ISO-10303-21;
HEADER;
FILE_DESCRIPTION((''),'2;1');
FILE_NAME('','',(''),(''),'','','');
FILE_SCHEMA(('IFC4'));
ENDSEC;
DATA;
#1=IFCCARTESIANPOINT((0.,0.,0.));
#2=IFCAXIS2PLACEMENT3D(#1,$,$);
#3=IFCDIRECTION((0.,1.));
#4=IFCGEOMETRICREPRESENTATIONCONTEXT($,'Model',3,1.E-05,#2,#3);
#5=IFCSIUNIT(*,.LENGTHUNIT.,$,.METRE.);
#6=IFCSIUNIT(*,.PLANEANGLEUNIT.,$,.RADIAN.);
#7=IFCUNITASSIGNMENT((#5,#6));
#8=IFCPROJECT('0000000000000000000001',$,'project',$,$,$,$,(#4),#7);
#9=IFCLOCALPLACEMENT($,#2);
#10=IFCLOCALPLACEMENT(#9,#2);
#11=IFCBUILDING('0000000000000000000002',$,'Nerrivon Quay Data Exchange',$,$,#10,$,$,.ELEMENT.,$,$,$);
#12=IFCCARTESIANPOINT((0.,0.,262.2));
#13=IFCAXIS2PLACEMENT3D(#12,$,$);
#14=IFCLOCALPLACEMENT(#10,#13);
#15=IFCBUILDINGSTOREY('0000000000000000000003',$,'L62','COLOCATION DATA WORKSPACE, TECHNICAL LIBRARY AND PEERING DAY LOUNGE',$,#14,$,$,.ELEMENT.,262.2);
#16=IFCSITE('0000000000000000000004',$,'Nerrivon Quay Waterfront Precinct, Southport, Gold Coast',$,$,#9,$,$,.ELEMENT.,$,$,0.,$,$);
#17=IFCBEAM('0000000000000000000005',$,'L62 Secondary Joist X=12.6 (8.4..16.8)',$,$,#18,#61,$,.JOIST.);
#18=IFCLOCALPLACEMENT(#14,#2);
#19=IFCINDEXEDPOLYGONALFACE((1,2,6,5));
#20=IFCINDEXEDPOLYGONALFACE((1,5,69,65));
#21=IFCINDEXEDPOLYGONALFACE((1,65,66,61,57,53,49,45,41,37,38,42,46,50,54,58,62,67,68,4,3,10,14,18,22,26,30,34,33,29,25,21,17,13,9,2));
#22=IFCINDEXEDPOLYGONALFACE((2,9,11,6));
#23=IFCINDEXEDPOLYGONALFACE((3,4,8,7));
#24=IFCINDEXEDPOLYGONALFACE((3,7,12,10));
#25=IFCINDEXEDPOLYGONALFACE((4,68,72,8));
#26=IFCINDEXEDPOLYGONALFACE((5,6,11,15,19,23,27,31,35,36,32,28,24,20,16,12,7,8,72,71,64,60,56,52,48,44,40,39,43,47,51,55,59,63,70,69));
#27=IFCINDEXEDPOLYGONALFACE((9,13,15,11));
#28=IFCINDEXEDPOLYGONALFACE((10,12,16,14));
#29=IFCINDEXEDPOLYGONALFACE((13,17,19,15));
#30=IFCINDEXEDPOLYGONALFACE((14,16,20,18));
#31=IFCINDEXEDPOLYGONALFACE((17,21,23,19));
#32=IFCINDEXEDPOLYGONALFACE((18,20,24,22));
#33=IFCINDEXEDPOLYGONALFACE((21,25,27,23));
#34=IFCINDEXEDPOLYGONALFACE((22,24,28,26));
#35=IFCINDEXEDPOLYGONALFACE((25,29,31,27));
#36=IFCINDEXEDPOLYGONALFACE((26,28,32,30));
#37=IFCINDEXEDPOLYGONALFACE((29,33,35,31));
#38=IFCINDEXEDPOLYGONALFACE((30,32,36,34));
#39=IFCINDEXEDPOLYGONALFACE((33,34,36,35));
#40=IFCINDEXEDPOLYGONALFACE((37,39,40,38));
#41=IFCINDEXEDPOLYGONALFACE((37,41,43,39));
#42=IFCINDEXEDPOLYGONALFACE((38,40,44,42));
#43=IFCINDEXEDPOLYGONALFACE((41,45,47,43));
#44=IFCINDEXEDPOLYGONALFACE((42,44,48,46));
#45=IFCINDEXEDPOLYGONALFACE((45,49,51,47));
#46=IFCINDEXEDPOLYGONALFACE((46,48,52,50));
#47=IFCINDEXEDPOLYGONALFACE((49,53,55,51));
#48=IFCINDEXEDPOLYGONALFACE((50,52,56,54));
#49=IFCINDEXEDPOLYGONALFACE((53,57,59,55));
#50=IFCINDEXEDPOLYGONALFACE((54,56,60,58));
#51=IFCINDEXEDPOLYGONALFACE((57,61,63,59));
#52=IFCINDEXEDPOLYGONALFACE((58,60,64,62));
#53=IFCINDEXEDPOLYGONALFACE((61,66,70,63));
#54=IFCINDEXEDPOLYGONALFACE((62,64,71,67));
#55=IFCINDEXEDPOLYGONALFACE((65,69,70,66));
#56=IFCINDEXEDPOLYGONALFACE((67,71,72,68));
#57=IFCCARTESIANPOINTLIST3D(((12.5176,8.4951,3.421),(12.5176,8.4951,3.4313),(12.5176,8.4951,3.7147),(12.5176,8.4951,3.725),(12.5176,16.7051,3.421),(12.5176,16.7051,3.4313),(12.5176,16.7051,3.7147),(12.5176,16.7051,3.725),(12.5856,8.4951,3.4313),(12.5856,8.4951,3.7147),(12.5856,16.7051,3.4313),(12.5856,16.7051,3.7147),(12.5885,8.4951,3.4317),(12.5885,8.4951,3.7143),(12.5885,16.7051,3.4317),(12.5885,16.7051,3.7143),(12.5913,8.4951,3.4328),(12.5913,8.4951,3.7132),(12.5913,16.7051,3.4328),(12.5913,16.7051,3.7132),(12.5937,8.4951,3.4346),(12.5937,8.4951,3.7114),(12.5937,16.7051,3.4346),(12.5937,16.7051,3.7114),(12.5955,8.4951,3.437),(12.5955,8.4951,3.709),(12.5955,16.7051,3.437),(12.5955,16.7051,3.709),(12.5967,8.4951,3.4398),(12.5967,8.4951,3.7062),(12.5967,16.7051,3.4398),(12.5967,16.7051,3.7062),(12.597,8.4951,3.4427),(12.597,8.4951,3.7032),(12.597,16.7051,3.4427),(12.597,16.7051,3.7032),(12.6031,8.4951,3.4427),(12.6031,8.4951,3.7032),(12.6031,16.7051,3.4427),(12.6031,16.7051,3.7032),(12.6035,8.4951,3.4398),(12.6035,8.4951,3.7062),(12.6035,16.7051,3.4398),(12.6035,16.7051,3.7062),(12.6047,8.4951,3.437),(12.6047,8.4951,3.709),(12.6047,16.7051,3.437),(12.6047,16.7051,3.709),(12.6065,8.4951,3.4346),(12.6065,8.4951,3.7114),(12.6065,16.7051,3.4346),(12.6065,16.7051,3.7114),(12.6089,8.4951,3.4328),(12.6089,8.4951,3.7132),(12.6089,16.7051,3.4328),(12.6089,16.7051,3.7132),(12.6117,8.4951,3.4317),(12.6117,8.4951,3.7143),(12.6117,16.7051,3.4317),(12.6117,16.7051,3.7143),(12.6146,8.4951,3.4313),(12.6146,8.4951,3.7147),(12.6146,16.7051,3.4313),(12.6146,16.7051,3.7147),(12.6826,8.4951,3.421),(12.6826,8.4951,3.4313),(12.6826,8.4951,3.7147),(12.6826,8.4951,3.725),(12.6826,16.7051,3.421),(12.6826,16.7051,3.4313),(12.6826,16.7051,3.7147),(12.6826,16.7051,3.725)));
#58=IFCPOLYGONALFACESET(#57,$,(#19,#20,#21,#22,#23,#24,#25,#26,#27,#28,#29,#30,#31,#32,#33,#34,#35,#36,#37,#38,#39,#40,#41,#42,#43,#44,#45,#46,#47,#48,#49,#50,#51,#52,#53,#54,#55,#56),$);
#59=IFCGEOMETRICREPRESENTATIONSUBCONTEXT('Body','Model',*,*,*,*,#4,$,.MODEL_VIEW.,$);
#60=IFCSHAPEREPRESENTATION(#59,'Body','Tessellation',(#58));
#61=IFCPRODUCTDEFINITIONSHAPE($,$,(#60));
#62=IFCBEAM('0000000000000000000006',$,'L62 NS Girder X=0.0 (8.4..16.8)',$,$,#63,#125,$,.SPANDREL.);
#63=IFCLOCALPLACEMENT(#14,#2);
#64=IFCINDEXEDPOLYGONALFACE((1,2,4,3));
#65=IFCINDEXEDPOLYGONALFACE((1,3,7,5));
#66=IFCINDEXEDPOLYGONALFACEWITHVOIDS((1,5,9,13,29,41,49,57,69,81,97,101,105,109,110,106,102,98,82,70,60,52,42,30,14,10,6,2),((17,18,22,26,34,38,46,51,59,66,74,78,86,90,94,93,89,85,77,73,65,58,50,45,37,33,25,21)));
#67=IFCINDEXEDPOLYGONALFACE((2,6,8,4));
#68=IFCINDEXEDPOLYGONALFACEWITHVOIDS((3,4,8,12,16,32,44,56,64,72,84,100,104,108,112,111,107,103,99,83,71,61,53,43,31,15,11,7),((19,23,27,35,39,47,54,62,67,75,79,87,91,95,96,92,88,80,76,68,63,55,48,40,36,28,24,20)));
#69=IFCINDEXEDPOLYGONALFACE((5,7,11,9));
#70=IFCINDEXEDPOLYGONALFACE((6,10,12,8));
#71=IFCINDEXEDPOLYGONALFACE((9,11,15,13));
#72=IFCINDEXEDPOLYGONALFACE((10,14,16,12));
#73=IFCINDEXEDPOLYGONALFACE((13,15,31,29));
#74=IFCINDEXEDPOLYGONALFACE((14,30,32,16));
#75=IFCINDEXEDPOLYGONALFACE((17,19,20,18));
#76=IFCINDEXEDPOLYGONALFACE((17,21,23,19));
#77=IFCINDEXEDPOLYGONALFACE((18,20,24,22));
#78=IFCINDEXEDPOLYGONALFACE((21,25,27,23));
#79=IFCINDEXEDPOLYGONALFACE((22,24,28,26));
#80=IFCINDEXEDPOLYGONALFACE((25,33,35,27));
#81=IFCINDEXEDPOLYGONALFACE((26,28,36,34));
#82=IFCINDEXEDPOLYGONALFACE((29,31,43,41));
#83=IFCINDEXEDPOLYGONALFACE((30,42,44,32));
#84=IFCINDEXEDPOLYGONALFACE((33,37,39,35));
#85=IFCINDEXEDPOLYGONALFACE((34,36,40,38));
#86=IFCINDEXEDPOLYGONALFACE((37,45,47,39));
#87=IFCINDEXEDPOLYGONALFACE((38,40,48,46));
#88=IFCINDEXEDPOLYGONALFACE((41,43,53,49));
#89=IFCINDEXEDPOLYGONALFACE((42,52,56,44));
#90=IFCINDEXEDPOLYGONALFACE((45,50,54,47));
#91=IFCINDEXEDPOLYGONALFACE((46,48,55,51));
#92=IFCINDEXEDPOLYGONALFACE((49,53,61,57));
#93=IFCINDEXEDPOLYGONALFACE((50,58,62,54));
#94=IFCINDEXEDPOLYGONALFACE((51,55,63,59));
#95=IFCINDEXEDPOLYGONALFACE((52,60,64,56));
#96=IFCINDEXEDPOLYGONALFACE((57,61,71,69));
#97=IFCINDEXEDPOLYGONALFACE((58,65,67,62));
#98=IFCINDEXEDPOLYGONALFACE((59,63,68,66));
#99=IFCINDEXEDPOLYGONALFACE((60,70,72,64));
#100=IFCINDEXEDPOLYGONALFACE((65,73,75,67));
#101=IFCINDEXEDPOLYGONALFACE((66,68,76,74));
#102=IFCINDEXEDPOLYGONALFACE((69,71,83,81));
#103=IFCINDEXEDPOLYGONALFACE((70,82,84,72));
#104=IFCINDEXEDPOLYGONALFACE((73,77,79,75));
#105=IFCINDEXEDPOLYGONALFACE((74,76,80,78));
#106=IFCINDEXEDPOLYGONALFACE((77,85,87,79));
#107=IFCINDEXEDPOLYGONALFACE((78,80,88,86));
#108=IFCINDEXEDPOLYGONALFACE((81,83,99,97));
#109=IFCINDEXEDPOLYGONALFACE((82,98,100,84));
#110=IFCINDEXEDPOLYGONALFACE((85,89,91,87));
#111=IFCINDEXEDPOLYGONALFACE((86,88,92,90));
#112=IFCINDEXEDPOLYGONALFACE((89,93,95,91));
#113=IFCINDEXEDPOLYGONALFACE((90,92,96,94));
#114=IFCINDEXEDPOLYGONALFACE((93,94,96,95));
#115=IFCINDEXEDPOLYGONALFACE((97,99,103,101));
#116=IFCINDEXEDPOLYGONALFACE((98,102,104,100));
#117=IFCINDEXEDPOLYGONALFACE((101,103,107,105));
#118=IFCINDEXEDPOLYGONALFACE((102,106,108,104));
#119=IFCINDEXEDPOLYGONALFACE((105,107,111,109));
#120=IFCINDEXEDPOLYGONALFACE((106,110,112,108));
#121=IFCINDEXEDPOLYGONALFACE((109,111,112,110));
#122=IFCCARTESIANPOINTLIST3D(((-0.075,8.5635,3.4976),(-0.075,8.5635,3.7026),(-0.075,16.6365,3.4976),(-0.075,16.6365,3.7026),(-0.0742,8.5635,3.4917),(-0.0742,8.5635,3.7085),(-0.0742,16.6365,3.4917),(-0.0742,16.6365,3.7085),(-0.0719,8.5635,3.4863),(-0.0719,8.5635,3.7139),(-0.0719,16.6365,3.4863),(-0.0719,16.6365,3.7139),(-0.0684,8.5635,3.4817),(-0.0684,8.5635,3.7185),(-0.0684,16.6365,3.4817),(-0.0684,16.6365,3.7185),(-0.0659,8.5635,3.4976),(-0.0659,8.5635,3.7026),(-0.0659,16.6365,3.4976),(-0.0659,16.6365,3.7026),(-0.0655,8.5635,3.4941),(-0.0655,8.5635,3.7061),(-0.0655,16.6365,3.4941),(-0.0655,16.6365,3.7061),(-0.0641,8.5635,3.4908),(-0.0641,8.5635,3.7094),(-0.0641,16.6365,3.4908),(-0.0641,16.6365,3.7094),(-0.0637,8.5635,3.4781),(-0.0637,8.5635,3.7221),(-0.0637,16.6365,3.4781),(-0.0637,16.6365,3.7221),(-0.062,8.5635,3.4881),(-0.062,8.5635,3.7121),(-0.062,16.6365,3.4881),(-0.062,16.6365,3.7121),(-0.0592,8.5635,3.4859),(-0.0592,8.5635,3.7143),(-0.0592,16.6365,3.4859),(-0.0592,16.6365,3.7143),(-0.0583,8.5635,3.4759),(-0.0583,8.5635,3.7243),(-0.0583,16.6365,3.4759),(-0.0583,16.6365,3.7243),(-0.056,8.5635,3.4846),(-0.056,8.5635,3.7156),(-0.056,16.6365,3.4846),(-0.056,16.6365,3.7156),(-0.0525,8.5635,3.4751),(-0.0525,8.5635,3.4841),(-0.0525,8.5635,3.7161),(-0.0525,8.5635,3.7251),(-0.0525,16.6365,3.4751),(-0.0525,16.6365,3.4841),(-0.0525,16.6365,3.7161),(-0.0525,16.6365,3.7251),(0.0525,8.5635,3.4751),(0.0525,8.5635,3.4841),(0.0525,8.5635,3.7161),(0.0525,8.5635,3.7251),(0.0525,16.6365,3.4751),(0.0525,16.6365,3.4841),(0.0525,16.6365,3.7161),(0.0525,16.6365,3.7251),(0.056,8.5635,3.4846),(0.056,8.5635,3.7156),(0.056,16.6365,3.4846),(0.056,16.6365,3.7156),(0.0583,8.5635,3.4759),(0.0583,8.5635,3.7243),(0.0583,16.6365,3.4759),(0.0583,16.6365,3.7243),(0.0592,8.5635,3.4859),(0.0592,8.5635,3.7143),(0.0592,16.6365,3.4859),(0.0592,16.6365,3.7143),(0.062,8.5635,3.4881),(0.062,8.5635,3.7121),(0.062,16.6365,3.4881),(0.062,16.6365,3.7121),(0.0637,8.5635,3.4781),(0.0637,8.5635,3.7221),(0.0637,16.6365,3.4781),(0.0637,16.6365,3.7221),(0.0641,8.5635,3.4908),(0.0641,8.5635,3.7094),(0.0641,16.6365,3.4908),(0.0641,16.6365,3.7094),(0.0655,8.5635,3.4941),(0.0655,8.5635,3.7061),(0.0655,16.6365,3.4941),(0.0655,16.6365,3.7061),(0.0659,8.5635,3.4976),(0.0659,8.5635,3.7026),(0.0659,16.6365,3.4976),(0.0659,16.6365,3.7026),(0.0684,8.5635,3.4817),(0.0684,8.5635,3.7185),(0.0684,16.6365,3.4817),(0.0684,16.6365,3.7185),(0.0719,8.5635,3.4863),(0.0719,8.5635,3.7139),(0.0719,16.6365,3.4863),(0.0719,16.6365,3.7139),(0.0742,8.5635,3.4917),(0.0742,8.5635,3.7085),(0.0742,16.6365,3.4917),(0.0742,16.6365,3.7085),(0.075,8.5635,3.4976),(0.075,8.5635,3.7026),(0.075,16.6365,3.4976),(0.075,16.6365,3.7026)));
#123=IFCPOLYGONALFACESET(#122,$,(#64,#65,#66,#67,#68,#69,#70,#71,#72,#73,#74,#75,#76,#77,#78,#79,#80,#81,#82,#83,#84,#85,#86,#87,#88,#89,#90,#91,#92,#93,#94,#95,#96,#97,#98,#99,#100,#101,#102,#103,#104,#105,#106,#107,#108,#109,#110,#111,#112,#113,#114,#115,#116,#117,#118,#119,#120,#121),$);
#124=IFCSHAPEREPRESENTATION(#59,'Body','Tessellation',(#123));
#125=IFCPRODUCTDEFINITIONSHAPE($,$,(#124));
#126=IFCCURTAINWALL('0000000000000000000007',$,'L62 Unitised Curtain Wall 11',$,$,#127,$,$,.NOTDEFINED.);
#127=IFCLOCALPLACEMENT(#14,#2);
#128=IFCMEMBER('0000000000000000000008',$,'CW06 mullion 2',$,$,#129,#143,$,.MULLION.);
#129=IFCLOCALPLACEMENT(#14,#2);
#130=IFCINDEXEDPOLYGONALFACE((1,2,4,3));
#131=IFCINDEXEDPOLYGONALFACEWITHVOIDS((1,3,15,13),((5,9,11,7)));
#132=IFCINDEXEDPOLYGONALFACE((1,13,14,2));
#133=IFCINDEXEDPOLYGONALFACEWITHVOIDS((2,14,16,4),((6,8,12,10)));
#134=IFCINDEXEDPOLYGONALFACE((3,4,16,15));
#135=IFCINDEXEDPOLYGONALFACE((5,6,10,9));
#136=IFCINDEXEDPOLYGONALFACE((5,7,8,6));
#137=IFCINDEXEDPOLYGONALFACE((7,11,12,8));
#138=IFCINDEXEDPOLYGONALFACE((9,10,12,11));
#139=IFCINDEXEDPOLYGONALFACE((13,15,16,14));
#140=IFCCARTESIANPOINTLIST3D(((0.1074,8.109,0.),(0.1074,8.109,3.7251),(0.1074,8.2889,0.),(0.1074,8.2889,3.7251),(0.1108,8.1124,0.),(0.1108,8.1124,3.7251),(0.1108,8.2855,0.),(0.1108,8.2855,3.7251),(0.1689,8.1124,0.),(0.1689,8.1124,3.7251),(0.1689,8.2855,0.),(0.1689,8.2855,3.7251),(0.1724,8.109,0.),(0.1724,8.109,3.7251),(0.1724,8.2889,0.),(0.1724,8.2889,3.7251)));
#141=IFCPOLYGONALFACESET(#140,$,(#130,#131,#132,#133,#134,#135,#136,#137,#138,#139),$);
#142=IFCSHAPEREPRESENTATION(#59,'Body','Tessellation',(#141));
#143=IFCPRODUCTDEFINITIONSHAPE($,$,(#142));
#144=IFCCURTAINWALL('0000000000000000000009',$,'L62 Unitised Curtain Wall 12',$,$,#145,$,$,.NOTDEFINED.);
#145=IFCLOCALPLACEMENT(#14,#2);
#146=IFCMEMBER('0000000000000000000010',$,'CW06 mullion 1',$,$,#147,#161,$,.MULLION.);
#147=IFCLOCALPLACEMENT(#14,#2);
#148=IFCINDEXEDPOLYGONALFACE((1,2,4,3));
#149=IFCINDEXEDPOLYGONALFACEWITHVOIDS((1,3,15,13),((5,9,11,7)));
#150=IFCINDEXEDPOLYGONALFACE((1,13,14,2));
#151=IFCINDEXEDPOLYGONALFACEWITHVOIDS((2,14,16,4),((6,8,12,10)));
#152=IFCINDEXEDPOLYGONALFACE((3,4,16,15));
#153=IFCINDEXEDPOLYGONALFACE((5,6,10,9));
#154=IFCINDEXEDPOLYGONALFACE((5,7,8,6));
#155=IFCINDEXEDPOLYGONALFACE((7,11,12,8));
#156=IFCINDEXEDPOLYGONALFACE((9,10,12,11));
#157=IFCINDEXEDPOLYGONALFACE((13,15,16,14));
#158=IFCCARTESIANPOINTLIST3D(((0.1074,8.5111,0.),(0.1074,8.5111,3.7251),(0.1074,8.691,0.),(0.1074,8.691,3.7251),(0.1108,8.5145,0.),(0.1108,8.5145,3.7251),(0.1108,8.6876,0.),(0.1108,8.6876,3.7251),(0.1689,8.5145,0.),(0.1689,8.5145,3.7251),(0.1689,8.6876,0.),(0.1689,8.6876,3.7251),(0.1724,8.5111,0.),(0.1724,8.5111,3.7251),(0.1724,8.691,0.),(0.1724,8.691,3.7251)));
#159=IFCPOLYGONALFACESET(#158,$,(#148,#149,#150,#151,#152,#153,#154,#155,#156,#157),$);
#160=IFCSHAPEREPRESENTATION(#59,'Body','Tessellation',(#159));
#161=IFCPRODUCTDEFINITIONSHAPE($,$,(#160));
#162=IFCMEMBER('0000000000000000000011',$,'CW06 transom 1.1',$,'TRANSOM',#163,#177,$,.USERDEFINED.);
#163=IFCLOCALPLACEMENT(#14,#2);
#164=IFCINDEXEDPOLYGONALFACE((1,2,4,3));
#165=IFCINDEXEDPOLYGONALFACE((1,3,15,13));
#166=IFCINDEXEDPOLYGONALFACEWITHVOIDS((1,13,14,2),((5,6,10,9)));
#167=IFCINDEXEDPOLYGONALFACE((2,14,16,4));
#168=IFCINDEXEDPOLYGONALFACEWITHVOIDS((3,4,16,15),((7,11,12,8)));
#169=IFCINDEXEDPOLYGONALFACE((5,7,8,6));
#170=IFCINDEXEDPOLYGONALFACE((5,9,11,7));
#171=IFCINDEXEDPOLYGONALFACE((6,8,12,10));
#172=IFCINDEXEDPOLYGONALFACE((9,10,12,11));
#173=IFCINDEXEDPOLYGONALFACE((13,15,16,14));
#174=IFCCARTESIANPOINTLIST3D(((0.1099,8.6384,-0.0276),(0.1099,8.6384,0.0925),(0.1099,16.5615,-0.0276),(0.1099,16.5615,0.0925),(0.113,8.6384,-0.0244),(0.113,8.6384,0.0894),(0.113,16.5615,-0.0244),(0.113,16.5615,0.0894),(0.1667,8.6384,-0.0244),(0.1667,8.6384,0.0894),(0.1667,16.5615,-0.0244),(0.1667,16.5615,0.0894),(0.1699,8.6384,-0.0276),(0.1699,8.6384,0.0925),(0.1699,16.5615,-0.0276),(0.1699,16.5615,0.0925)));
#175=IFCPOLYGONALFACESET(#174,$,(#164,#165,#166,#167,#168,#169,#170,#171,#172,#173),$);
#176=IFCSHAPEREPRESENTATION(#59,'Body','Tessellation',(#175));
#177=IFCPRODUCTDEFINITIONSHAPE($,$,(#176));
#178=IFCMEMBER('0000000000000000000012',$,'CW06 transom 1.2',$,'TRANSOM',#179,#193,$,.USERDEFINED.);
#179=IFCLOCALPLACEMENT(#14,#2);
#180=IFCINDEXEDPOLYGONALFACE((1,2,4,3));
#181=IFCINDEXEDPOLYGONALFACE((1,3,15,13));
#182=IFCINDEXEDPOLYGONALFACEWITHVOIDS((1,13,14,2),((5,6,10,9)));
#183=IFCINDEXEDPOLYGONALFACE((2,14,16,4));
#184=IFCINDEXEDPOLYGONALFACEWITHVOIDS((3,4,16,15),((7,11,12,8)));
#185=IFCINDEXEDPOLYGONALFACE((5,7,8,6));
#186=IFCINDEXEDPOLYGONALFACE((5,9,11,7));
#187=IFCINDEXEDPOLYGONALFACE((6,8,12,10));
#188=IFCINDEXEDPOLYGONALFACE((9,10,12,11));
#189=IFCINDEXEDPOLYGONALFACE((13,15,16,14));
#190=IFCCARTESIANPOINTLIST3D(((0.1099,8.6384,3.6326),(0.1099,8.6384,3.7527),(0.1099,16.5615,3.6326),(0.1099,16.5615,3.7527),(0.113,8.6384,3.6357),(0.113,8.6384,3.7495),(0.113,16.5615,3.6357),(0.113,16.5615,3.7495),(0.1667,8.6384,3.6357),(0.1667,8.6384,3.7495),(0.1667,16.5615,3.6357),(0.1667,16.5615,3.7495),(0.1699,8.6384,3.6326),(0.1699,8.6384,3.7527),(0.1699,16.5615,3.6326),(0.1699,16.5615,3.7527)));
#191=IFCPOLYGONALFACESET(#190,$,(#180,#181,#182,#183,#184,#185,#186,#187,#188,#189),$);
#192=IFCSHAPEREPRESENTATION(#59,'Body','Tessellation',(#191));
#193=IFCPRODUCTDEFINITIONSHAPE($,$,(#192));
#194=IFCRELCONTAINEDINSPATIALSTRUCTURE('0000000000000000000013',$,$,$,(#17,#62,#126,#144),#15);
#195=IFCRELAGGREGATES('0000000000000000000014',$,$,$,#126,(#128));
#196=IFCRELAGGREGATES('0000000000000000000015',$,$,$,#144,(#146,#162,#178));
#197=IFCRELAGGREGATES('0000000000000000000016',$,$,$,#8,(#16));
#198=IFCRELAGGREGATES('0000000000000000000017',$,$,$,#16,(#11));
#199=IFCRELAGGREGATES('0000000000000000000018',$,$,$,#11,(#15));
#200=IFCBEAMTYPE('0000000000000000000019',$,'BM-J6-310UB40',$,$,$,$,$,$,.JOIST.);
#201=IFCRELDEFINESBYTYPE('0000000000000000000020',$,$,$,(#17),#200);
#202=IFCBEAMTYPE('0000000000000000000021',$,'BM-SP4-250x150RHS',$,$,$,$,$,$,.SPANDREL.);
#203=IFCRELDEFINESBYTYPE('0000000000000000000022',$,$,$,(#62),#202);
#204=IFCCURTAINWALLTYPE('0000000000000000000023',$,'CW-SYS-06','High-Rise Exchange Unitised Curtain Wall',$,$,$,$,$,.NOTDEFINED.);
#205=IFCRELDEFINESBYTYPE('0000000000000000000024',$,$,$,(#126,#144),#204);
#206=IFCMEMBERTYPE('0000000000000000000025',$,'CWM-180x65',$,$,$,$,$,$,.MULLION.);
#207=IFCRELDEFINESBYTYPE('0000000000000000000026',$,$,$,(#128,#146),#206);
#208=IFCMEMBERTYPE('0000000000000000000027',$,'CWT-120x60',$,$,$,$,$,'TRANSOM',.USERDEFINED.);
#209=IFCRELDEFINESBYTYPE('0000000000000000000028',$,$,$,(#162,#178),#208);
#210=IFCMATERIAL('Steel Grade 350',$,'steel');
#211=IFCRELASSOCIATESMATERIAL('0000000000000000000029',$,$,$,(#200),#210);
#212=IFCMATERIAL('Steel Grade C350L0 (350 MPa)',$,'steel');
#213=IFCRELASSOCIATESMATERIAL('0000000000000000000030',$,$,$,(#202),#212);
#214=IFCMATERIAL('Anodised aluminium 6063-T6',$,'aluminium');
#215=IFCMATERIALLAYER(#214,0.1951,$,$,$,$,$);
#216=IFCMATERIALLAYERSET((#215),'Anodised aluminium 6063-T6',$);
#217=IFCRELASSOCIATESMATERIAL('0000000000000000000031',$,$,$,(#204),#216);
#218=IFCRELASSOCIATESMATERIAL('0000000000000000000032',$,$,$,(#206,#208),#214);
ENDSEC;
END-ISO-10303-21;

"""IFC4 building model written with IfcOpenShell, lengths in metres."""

from ifc_helpers import new_model, si_unit, direction, frame, origin, origin_2d, place, context, subcontext, project, spatial, hollow_rectangle, i_section, extrude, material, layer, layer_set, material_profile, profile_set, type_object, element, aggregate, save


model = new_model("IFC4")

# Units and contexts
model_context = context("Model", 3, precision=1e-05, world=origin(), true_north=direction((0.0, 1.0)))
body_context = subcontext(model_context, "Body", "Model", "MODEL_VIEW")
ifc_project = project(units=[si_unit("LENGTHUNIT", "METRE"), si_unit("PLANEANGLEUNIT", "RADIAN")], contexts=[model_context])

# Site, building, storey
site_placement = place(None, origin())
site = spatial("IfcSite", under=ifc_project, at=site_placement, Name="Nerrivon Quay Waterfront Precinct, Southport, Gold Coast", CompositionType="ELEMENT", RefElevation=0.0)
building_placement = place(site_placement, origin())
building = spatial("IfcBuilding", under=site, at=building_placement, Name="Nerrivon Quay Data Exchange", CompositionType="ELEMENT")
storey_placement = place(building_placement, frame((0.0, 0.0, 262.2)))
storey = spatial("IfcBuildingStorey", under=building, at=storey_placement, Name="L62", Description="COLOCATION DATA WORKSPACE, TECHNICAL LIBRARY AND PEERING DAY LOUNGE", CompositionType="ELEMENT", Elevation=262.2)

# Shared definitions
ifc_material_1 = material(Name="Steel Grade 350", Category="steel")

# Beams
ifc_material_profile_1 = material_profile(ifc_material_1, i_section(OverallWidth=0.165, OverallDepth=0.304, WebThickness=0.0061, FlangeThickness=0.0103, FilletRadius=0.0115, at=origin_2d()), Name="310UB40.4")
ifc_profile_set_1 = profile_set([ifc_material_profile_1], Name="Steel Grade 350")
beam_type_1 = type_object("IfcBeamType", Name="BM-J6-310UB40", PredefinedType="JOIST", material=ifc_profile_set_1)
for number, where, z_axis, x_axis, name in (
    (1, (12.6001, 8.4951, 3.573), (0.0, 1.0, 0.0), (-1.0, 0.0, 0.0), "L62 Secondary Joist X=12.6 (8.4..16.8)"),
):
    element("IfcBeam", number, at=place(storey_placement, frame(where, z_axis=z_axis, x_axis=x_axis)), inside=storey, type_object=beam_type_1, Name=name, PredefinedType="JOIST", context=body_context, shape_type="SweptSolid", body=[
        extrude(i_section(OverallWidth=0.165, OverallDepth=0.304, WebThickness=0.0061, FlangeThickness=0.0103, FilletRadius=0.0115, at=origin_2d()), origin(), (0.0, 0.0, 1.0), 8.21),
    ])
ifc_material_2 = material(Name="Steel Grade C350L0 (350 MPa)", Category="steel")
ifc_material_profile_2 = material_profile(ifc_material_2, hollow_rectangle(XDim=0.1499, YDim=0.25, WallThickness=0.009, InnerFilletRadius=0.0134, OuterFilletRadius=0.0225, at=origin_2d()), Name="250x150x9.0RHS")
ifc_profile_set_2 = profile_set([ifc_material_profile_2], Name="Steel Grade C350L0 (350 MPa)")
beam_type_2 = type_object("IfcBeamType", Name="BM-SP4-250x150RHS", PredefinedType="SPANDREL", material=ifc_profile_set_2)
beam_1_placement = place(storey_placement, frame((0.0, 8.5635, 3.6001), z_axis=(0.0, 1.0, 0.0), x_axis=(-1.0, 0.0, 0.0)))
element("IfcBeam", 2, at=beam_1_placement, inside=storey, type_object=beam_type_2, Name="L62 NS Girder X=0.0 (8.4..16.8)", PredefinedType="SPANDREL", context=body_context, shape_type="SweptSolid", body=[
    extrude(hollow_rectangle(XDim=0.1499, YDim=0.25, WallThickness=0.009, InnerFilletRadius=0.0134, OuterFilletRadius=0.0225, at=origin_2d()), origin(), (0.0, 0.0, 1.0), 8.073),
])

# Curtain wall, member
ifc_material_3 = material(Name="Anodised aluminium 6063-T6", Category="aluminium")
ifc_layer_1 = layer(ifc_material_3, 0.1951)
ifc_layer_set_1 = layer_set([ifc_layer_1], Name="Anodised aluminium 6063-T6")
curtain_wall_type = type_object("IfcCurtainWallType", Name="CW-SYS-06", Description="High-Rise Exchange Unitised Curtain Wall", PredefinedType="NOTDEFINED", material=ifc_layer_set_1)
curtain_wall_1_placement = place(storey_placement, origin())
curtain_wall_1 = element("IfcCurtainWall", 3, at=curtain_wall_1_placement, inside=storey, type_object=curtain_wall_type, Name="L62 Unitised Curtain Wall 11", PredefinedType="NOTDEFINED")
ifc_material_profile_3 = material_profile(ifc_material_3, hollow_rectangle(XDim=0.0649, YDim=0.1799, WallThickness=0.0034, at=origin_2d()), Name="ALU-MULL-180x65")
ifc_profile_set_3 = profile_set([ifc_material_profile_3], Name="Anodised aluminium 6063-T6")
member_type_1 = type_object("IfcMemberType", Name="CWM-180x65", PredefinedType="MULLION", material=ifc_profile_set_3)
member_1_placement = place(storey_placement, frame((0.1399, 8.199, 0.0), z_axis=(0.0, 0.0, 1.0), x_axis=(-1.0, 0.0, 0.0)))
member_1 = element("IfcMember", 4, at=member_1_placement, type_object=member_type_1, Name="CW06 mullion 2", PredefinedType="MULLION", context=body_context, shape_type="SweptSolid", body=[
    extrude(hollow_rectangle(XDim=0.0649, YDim=0.1799, WallThickness=0.0034, at=origin_2d()), origin(), (0.0, 0.0, 1.0), 3.7251),
])

# Curtain wall, members
curtain_wall_2_placement = place(storey_placement, origin())
curtain_wall_2 = element("IfcCurtainWall", 5, at=curtain_wall_2_placement, inside=storey, type_object=curtain_wall_type, Name="L62 Unitised Curtain Wall 12", PredefinedType="NOTDEFINED")
member_2_placement = place(storey_placement, frame((0.1399, 8.6011, 0.0), z_axis=(0.0, 0.0, 1.0), x_axis=(-1.0, 0.0, 0.0)))
member_2 = element("IfcMember", 6, at=member_2_placement, type_object=member_type_1, Name="CW06 mullion 1", PredefinedType="MULLION", context=body_context, shape_type="SweptSolid", body=[
    extrude(hollow_rectangle(XDim=0.0649, YDim=0.1799, WallThickness=0.0034, at=origin_2d()), origin(), (0.0, 0.0, 1.0), 3.7251),
])
ifc_material_profile_4 = material_profile(ifc_material_3, hollow_rectangle(XDim=0.0601, YDim=0.1201, WallThickness=0.0032, at=origin_2d()), Name="ALU-TRAN-120x60")
ifc_profile_set_4 = profile_set([ifc_material_profile_4], Name="Anodised aluminium 6063-T6")
member_type_2 = type_object("IfcMemberType", Name="CWT-120x60", ElementType="TRANSOM", PredefinedType="USERDEFINED", material=ifc_profile_set_4)
member_3_placement = place(storey_placement, frame((0.1399, 8.6384, 0.0325), z_axis=(0.0, 1.0, 0.0), x_axis=(-1.0, 0.0, 0.0)))
member_3 = element("IfcMember", 7, at=member_3_placement, type_object=member_type_2, Name="CW06 transom 1.1", ObjectType="TRANSOM", PredefinedType="USERDEFINED", context=body_context, shape_type="SweptSolid", body=[
    extrude(hollow_rectangle(XDim=0.0601, YDim=0.1201, WallThickness=0.0032, at=origin_2d()), origin(), (0.0, 0.0, 1.0), 7.9231),
])
member_4_placement = place(storey_placement, frame((0.1399, 8.6384, 3.6926), z_axis=(0.0, 1.0, 0.0), x_axis=(-1.0, 0.0, 0.0)))
member_4 = element("IfcMember", 8, at=member_4_placement, type_object=member_type_2, Name="CW06 transom 1.2", ObjectType="TRANSOM", PredefinedType="USERDEFINED", context=body_context, shape_type="SweptSolid", body=[
    extrude(hollow_rectangle(XDim=0.0601, YDim=0.1201, WallThickness=0.0032, at=origin_2d()), origin(), (0.0, 0.0, 1.0), 7.9231),
])

aggregate(curtain_wall_1, [member_1])
aggregate(curtain_wall_2, [member_2, member_3, member_4])

save(model, "model.ifc")
